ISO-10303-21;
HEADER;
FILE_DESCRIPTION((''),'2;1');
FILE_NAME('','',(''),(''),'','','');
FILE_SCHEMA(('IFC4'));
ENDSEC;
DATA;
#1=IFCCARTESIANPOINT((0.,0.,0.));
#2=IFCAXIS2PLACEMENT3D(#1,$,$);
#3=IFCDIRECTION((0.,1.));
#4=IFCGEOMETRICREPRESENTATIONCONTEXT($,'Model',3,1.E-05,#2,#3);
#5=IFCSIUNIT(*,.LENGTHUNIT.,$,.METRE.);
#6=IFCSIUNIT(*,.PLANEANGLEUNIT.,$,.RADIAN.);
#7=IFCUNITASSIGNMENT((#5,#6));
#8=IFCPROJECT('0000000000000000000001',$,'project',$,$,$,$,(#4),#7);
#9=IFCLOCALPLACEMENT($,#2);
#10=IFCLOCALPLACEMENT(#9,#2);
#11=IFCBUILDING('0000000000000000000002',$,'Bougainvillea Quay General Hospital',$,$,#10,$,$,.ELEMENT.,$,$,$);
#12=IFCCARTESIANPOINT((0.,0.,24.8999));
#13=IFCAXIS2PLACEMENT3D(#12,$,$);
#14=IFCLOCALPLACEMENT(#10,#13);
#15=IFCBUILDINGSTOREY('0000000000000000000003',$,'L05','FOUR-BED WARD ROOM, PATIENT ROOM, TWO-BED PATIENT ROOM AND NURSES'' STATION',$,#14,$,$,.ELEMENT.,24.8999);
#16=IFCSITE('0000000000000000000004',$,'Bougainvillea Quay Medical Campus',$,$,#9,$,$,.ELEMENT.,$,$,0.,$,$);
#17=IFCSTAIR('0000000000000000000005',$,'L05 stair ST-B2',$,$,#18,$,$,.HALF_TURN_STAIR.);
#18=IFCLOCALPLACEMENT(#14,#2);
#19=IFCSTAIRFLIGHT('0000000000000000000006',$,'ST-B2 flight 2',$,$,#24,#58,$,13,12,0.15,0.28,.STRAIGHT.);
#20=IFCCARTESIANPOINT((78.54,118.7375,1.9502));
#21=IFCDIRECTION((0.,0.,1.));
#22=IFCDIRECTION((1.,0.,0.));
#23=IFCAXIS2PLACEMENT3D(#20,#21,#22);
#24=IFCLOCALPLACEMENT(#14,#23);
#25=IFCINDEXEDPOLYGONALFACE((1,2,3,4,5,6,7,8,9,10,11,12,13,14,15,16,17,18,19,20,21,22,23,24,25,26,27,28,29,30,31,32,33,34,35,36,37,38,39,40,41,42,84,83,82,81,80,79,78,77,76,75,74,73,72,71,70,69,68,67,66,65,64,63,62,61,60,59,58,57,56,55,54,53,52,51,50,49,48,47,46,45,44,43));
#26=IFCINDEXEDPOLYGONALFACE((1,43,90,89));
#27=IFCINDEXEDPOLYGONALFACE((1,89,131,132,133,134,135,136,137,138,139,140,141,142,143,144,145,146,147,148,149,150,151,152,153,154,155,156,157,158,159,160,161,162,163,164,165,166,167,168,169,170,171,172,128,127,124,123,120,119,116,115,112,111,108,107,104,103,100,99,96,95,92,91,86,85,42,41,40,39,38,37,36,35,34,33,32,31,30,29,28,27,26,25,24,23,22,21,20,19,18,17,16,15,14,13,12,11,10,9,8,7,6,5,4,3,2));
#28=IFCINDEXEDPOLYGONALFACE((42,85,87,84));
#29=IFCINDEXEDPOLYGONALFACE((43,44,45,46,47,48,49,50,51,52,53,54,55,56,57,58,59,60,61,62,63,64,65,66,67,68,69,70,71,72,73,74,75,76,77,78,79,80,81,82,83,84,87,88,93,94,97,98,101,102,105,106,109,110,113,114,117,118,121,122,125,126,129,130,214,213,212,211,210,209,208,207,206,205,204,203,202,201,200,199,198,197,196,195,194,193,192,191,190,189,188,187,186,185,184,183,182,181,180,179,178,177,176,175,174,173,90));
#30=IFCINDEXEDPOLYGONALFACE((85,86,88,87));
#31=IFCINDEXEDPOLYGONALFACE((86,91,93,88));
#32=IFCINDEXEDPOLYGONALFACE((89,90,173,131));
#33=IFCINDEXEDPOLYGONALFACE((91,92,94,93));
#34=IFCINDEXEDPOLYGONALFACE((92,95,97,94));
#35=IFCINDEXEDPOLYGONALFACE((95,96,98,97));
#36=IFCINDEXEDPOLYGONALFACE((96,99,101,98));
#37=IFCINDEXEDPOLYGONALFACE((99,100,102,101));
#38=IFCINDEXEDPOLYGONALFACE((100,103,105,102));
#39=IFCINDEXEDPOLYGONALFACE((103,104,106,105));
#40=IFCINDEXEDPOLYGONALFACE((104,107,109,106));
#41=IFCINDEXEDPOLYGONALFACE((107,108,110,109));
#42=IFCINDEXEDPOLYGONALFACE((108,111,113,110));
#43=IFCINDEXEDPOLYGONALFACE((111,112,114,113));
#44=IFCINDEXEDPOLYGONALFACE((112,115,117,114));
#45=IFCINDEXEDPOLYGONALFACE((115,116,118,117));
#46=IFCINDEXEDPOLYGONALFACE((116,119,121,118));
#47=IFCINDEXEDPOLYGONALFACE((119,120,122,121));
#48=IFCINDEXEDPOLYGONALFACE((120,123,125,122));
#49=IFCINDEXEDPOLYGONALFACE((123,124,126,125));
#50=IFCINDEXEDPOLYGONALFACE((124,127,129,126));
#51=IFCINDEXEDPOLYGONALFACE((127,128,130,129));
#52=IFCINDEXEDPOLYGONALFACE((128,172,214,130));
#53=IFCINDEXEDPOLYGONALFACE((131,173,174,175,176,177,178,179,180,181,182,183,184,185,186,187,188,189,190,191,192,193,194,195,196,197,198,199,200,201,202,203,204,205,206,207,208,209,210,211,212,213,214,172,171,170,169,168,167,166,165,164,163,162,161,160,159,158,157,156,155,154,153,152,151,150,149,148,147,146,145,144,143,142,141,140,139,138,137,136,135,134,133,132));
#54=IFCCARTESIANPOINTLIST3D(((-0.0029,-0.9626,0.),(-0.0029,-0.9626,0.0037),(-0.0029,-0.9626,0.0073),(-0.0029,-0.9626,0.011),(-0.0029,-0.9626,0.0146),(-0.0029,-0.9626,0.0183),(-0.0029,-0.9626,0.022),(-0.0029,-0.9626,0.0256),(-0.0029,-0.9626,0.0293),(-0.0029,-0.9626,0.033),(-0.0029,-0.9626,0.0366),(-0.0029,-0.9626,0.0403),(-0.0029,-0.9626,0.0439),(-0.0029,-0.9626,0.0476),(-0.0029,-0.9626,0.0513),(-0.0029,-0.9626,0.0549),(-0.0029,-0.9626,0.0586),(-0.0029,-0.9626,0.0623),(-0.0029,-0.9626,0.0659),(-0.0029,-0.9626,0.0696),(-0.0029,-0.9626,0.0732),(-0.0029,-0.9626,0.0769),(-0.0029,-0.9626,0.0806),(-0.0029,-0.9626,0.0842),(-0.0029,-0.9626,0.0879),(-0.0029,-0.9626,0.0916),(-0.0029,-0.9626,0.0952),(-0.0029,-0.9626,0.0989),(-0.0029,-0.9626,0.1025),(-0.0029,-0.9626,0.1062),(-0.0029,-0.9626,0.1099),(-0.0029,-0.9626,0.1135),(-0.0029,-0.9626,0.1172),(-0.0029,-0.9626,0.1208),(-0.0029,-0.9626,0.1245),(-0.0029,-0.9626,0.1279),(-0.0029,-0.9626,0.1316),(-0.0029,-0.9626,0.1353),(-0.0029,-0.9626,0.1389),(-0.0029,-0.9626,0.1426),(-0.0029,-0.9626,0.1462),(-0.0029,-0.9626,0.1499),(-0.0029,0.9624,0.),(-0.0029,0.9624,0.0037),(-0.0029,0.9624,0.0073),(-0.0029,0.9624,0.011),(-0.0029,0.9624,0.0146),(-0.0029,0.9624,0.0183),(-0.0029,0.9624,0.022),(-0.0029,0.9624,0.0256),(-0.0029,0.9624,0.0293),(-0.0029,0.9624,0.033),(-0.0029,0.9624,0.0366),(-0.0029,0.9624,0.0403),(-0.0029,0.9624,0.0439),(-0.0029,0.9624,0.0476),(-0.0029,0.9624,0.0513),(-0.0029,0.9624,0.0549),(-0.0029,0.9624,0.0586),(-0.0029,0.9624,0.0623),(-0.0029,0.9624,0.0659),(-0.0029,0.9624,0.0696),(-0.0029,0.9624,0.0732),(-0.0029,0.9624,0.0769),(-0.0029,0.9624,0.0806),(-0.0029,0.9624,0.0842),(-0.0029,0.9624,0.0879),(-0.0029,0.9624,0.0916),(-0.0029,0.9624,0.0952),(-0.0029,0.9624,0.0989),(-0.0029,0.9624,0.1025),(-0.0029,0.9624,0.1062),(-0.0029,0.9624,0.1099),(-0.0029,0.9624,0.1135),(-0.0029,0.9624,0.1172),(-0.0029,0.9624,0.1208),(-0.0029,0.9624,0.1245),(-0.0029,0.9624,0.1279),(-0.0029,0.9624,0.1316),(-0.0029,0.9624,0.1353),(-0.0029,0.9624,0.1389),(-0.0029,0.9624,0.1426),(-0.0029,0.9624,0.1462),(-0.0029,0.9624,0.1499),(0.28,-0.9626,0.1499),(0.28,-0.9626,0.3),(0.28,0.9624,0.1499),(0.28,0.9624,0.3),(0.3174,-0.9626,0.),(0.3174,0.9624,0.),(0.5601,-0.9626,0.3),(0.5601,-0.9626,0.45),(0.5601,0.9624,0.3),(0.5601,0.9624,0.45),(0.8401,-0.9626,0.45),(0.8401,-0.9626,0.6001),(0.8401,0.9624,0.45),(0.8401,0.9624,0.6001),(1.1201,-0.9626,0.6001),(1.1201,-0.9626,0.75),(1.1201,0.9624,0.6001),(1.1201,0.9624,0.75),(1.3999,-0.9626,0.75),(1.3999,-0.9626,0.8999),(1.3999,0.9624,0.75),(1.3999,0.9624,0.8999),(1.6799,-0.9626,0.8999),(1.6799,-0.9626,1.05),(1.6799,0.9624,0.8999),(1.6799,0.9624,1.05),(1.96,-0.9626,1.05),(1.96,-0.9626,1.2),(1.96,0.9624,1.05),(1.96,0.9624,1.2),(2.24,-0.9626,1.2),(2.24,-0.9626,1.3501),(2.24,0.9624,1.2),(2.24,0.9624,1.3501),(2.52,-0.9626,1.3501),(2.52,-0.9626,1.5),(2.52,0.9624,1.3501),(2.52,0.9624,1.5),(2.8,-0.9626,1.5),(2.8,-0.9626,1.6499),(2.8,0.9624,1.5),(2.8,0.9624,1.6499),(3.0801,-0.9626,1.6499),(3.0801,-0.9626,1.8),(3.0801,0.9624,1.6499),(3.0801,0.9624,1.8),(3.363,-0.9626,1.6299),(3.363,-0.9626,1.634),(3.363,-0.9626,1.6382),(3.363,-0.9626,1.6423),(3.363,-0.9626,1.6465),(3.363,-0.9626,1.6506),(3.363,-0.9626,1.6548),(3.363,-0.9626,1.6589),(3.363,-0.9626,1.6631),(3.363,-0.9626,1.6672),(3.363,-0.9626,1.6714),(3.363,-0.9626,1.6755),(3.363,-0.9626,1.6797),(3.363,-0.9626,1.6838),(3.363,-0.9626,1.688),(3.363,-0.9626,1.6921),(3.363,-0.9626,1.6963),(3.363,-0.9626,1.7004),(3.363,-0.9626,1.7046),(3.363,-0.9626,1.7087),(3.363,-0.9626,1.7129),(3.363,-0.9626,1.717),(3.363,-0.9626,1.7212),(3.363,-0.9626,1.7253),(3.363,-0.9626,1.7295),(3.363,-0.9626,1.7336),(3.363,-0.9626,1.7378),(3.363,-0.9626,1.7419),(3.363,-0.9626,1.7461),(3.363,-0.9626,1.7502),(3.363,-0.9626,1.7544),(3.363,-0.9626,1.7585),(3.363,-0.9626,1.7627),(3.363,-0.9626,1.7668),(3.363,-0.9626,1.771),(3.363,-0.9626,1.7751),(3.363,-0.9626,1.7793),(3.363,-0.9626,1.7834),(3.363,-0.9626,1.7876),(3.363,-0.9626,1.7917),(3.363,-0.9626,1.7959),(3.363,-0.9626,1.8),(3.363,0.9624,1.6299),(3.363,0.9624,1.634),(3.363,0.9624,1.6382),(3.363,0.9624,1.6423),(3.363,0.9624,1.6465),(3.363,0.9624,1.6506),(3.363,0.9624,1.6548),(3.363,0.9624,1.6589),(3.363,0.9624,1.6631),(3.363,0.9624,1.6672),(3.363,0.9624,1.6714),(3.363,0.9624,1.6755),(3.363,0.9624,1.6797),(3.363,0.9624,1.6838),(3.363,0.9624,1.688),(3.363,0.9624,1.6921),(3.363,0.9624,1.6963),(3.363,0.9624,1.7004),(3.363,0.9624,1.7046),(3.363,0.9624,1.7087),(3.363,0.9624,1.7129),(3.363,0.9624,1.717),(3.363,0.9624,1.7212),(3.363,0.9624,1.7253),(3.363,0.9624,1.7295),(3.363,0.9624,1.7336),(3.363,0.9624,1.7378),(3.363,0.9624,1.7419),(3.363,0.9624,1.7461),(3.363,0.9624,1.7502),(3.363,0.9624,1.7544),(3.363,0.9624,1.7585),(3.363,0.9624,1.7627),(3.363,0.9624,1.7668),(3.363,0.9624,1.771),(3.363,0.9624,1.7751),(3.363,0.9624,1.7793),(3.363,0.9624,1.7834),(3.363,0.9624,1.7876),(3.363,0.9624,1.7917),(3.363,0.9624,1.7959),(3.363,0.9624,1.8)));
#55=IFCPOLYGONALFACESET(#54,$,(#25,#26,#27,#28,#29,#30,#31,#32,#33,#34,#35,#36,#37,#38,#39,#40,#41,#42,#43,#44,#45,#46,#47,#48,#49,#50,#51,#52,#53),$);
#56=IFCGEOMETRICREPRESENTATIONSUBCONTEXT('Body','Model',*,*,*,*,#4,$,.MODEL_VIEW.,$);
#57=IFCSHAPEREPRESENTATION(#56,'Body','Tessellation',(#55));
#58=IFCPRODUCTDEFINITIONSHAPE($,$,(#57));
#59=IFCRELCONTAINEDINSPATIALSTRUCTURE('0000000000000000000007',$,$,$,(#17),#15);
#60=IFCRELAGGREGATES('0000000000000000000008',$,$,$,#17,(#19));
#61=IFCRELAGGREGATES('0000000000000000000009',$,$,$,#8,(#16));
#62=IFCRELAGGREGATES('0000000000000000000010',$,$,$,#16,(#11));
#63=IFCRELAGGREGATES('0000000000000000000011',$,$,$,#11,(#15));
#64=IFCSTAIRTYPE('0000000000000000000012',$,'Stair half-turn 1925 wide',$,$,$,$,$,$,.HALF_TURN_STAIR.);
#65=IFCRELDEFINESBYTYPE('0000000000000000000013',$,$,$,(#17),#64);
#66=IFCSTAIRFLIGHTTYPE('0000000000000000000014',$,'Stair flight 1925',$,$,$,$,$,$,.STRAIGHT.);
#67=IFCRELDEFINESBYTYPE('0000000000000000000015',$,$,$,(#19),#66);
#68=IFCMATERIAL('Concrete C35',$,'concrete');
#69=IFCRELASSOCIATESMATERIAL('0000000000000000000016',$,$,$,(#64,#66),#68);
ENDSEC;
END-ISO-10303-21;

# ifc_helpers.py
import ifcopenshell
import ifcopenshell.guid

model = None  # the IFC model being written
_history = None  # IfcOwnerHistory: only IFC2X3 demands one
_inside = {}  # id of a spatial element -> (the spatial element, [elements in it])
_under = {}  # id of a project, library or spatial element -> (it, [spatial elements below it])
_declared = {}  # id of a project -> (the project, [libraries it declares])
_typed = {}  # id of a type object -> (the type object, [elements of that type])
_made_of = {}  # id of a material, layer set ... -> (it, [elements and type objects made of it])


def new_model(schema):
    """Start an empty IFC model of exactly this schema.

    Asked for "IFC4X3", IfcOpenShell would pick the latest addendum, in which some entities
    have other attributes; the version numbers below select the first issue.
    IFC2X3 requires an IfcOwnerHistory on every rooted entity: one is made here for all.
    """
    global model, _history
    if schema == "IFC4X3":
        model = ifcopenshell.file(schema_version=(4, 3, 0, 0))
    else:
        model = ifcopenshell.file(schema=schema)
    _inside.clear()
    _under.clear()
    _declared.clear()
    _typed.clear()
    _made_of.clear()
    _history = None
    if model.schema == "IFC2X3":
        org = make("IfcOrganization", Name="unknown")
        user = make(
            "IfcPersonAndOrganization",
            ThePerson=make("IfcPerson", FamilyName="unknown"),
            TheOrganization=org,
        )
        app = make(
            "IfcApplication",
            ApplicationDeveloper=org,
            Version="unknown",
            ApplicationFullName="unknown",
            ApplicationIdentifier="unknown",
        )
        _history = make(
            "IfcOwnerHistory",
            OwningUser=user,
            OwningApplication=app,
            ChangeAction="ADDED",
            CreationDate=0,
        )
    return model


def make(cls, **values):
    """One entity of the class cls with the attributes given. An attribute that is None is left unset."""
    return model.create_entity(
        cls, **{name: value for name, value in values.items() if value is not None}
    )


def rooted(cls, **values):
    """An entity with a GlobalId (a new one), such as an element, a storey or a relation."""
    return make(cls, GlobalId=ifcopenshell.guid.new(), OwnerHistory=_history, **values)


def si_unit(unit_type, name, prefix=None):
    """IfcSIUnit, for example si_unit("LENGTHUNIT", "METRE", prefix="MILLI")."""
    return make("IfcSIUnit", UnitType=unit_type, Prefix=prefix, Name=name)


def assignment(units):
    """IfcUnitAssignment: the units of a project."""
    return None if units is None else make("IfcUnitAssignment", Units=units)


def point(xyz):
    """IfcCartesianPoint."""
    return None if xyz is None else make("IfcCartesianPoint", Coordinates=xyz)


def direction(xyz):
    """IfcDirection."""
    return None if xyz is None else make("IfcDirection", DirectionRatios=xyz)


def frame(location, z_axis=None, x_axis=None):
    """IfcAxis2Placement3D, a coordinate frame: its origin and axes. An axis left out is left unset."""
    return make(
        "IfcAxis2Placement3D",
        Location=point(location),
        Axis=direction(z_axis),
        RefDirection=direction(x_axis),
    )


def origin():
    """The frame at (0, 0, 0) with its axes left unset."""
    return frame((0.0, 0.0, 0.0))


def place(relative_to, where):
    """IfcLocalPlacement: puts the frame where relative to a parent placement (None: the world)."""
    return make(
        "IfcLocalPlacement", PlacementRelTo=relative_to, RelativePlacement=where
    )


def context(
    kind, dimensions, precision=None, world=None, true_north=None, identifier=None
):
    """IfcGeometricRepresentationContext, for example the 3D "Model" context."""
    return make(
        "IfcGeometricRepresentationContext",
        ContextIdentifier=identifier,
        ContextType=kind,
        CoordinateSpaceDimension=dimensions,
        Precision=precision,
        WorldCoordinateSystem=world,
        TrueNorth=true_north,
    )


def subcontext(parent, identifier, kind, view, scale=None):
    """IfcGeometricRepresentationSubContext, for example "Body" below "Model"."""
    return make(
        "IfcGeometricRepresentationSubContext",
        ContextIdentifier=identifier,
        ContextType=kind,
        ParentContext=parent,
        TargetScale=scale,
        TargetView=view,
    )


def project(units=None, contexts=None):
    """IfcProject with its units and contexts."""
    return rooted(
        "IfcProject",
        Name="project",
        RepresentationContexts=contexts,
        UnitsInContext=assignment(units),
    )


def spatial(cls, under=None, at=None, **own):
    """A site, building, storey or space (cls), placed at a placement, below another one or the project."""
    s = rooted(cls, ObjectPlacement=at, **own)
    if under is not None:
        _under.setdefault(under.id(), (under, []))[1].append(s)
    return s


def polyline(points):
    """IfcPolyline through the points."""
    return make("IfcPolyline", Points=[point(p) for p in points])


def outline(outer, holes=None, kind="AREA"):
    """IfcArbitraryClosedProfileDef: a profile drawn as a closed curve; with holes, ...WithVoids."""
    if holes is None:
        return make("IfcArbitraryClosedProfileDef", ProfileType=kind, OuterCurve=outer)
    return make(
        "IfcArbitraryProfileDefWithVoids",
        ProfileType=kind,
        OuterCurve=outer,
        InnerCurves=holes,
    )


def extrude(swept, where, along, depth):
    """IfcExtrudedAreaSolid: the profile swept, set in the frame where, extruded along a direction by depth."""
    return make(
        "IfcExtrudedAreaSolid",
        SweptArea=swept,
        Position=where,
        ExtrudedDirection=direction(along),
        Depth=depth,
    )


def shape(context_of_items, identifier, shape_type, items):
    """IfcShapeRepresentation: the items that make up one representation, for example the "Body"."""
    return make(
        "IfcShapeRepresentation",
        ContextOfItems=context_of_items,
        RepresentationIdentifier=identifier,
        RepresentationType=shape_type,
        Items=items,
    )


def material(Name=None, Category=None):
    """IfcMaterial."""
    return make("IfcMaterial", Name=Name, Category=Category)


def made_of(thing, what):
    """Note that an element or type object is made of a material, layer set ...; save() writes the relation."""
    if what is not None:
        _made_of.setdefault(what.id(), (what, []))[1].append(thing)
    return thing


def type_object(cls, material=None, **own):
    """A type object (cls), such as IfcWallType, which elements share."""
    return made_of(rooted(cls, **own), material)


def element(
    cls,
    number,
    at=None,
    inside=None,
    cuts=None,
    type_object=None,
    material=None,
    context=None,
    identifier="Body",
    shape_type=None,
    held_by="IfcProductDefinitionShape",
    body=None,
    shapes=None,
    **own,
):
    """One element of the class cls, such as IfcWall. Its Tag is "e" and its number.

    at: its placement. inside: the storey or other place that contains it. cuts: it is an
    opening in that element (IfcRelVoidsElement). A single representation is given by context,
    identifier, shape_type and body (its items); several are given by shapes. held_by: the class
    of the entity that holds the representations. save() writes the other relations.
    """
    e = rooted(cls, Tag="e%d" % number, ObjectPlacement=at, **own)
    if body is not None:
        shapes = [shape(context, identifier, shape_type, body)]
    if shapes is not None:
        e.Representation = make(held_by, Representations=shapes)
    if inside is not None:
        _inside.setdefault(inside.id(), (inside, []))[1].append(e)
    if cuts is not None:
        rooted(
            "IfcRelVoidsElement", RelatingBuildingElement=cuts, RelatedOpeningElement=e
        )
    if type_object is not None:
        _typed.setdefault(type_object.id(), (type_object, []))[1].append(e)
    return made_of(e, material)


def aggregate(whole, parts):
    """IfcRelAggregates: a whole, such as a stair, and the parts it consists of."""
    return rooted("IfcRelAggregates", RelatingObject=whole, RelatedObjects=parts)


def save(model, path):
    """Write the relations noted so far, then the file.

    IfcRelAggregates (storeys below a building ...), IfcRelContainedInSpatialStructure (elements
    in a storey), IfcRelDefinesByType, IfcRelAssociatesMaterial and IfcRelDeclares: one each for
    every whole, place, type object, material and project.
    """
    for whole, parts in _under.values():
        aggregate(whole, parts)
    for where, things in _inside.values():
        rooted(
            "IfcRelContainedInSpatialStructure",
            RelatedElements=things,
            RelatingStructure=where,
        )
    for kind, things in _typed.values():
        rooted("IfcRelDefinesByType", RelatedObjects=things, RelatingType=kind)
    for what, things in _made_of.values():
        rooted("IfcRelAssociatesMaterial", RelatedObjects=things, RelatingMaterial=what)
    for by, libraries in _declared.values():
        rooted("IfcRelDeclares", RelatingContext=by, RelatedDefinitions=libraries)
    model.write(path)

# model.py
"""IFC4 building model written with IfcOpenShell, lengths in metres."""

from ifc_helpers import new_model, si_unit, direction, frame, origin, place, context, subcontext, project, spatial, polyline, outline, extrude, material, type_object, element, aggregate, save


model = new_model("IFC4")

# Units and contexts
model_context = context("Model", 3, precision=1e-05, world=origin(), true_north=direction((0.0, 1.0)))
body_context = subcontext(model_context, "Body", "Model", "MODEL_VIEW")
ifc_project = project(units=[si_unit("LENGTHUNIT", "METRE"), si_unit("PLANEANGLEUNIT", "RADIAN")], contexts=[model_context])

# Site, building, storey
site_placement = place(None, origin())
site = spatial("IfcSite", under=ifc_project, at=site_placement, Name="Bougainvillea Quay Medical Campus", CompositionType="ELEMENT", RefElevation=0.0)
building_placement = place(site_placement, origin())
building = spatial("IfcBuilding", under=site, at=building_placement, Name="Bougainvillea Quay General Hospital", CompositionType="ELEMENT")
storey_placement = place(building_placement, frame((0.0, 0.0, 24.8999)))
storey = spatial("IfcBuildingStorey", under=building, at=storey_placement, Name="L05", Description="FOUR-BED WARD ROOM, PATIENT ROOM, TWO-BED PATIENT ROOM AND NURSES' STATION", CompositionType="ELEMENT", Elevation=24.8999)

# Stair, stair flight
ifc_material_1 = material(Name="Concrete C35", Category="concrete")
stair_type = type_object("IfcStairType", Name="Stair half-turn 1925 wide", PredefinedType="HALF_TURN_STAIR", material=ifc_material_1)
stair_placement = place(storey_placement, origin())
stair = element("IfcStair", 1, at=stair_placement, inside=storey, type_object=stair_type, Name="L05 stair ST-B2", PredefinedType="HALF_TURN_STAIR")
stair_flight_type = type_object("IfcStairFlightType", Name="Stair flight 1925", PredefinedType="STRAIGHT", material=ifc_material_1)
stair_flight_1_placement = place(storey_placement, frame((78.54, 118.7375, 1.9502), z_axis=(0.0, 0.0, 1.0), x_axis=(1.0, 0.0, 0.0)))
stair_flight_1 = element("IfcStairFlight", 2, at=stair_flight_1_placement, type_object=stair_flight_type, Name="ST-B2 flight 2", NumberOfRisers=13, NumberOfTreads=12, PredefinedType="STRAIGHT", RiserHeight=0.15, TreadLength=0.28, context=body_context, shape_type="SweptSolid", body=[
    extrude(outline(polyline([(-0.0029, 0.0), (-0.0029, 0.0037), (-0.0029, 0.0073), (-0.0029, 0.011), (-0.0029, 0.0146), (-0.0029, 0.0183), (-0.0029, 0.022), (-0.0029, 0.0256), (-0.0029, 0.0293), (-0.0029, 0.033), (-0.0029, 0.0366), (-0.0029, 0.0403), (-0.0029, 0.0439), (-0.0029, 0.0476), (-0.0029, 0.0513), (-0.0029, 0.0549), (-0.0029, 0.0586), (-0.0029, 0.0623), (-0.0029, 0.0659), (-0.0029, 0.0696), (-0.0029, 0.0732), (-0.0029, 0.0769), (-0.0029, 0.0806), (-0.0029, 0.0842), (-0.0029, 0.0879), (-0.0029, 0.0916), (-0.0029, 0.0952), (-0.0029, 0.0989), (-0.0029, 0.1025), (-0.0029, 0.1062), (-0.0029, 0.1099), (-0.0029, 0.1135), (-0.0029, 0.1172), (-0.0029, 0.1208), (-0.0029, 0.1245), (-0.0029, 0.1279), (-0.0029, 0.1316), (-0.0029, 0.1353), (-0.0029, 0.1389), (-0.0029, 0.1426), (-0.0029, 0.1462), (-0.0029, 0.1499), (0.28, 0.1499), (0.28, 0.3), (0.5601, 0.3), (0.5601, 0.45), (0.8401, 0.45), (0.8401, 0.6001), (1.1201, 0.6001), (1.1201, 0.75), (1.3999, 0.75), (1.3999, 0.8999), (1.6799, 0.8999), (1.6799, 1.05), (1.96, 1.05), (1.96, 1.2), (2.24, 1.2), (2.24, 1.3501), (2.52, 1.3501), (2.52, 1.5), (2.8, 1.5), (2.8, 1.6499), (3.0801, 1.6499), (3.0801, 1.8), (3.363, 1.8), (3.363, 1.7959), (3.363, 1.7917), (3.363, 1.7876), (3.363, 1.7834), (3.363, 1.7793), (3.363, 1.7751), (3.363, 1.771), (3.363, 1.7668), (3.363, 1.7627), (3.363, 1.7585), (3.363, 1.7544), (3.363, 1.7502), (3.363, 1.7461), (3.363, 1.7419), (3.363, 1.7378), (3.363, 1.7336), (3.363, 1.7295), (3.363, 1.7253), (3.363, 1.7212), (3.363, 1.717), (3.363, 1.7129), (3.363, 1.7087), (3.363, 1.7046), (3.363, 1.7004), (3.363, 1.6963), (3.363, 1.6921), (3.363, 1.688), (3.363, 1.6838), (3.363, 1.6797), (3.363, 1.6755), (3.363, 1.6714), (3.363, 1.6672), (3.363, 1.6631), (3.363, 1.6589), (3.363, 1.6548), (3.363, 1.6506), (3.363, 1.6465), (3.363, 1.6423), (3.363, 1.6382), (3.363, 1.634), (3.363, 1.6299), (0.3174, 0.0), (-0.0029, 0.0)])), frame((0.0, 0.9624, 0.0), z_axis=(0.0, -1.0, 0.0), x_axis=(1.0, 0.0, 0.0)), (0.0, 0.0, 1.0), 1.925),
])
aggregate(stair, [stair_flight_1])

save(model, "model.ifc")
